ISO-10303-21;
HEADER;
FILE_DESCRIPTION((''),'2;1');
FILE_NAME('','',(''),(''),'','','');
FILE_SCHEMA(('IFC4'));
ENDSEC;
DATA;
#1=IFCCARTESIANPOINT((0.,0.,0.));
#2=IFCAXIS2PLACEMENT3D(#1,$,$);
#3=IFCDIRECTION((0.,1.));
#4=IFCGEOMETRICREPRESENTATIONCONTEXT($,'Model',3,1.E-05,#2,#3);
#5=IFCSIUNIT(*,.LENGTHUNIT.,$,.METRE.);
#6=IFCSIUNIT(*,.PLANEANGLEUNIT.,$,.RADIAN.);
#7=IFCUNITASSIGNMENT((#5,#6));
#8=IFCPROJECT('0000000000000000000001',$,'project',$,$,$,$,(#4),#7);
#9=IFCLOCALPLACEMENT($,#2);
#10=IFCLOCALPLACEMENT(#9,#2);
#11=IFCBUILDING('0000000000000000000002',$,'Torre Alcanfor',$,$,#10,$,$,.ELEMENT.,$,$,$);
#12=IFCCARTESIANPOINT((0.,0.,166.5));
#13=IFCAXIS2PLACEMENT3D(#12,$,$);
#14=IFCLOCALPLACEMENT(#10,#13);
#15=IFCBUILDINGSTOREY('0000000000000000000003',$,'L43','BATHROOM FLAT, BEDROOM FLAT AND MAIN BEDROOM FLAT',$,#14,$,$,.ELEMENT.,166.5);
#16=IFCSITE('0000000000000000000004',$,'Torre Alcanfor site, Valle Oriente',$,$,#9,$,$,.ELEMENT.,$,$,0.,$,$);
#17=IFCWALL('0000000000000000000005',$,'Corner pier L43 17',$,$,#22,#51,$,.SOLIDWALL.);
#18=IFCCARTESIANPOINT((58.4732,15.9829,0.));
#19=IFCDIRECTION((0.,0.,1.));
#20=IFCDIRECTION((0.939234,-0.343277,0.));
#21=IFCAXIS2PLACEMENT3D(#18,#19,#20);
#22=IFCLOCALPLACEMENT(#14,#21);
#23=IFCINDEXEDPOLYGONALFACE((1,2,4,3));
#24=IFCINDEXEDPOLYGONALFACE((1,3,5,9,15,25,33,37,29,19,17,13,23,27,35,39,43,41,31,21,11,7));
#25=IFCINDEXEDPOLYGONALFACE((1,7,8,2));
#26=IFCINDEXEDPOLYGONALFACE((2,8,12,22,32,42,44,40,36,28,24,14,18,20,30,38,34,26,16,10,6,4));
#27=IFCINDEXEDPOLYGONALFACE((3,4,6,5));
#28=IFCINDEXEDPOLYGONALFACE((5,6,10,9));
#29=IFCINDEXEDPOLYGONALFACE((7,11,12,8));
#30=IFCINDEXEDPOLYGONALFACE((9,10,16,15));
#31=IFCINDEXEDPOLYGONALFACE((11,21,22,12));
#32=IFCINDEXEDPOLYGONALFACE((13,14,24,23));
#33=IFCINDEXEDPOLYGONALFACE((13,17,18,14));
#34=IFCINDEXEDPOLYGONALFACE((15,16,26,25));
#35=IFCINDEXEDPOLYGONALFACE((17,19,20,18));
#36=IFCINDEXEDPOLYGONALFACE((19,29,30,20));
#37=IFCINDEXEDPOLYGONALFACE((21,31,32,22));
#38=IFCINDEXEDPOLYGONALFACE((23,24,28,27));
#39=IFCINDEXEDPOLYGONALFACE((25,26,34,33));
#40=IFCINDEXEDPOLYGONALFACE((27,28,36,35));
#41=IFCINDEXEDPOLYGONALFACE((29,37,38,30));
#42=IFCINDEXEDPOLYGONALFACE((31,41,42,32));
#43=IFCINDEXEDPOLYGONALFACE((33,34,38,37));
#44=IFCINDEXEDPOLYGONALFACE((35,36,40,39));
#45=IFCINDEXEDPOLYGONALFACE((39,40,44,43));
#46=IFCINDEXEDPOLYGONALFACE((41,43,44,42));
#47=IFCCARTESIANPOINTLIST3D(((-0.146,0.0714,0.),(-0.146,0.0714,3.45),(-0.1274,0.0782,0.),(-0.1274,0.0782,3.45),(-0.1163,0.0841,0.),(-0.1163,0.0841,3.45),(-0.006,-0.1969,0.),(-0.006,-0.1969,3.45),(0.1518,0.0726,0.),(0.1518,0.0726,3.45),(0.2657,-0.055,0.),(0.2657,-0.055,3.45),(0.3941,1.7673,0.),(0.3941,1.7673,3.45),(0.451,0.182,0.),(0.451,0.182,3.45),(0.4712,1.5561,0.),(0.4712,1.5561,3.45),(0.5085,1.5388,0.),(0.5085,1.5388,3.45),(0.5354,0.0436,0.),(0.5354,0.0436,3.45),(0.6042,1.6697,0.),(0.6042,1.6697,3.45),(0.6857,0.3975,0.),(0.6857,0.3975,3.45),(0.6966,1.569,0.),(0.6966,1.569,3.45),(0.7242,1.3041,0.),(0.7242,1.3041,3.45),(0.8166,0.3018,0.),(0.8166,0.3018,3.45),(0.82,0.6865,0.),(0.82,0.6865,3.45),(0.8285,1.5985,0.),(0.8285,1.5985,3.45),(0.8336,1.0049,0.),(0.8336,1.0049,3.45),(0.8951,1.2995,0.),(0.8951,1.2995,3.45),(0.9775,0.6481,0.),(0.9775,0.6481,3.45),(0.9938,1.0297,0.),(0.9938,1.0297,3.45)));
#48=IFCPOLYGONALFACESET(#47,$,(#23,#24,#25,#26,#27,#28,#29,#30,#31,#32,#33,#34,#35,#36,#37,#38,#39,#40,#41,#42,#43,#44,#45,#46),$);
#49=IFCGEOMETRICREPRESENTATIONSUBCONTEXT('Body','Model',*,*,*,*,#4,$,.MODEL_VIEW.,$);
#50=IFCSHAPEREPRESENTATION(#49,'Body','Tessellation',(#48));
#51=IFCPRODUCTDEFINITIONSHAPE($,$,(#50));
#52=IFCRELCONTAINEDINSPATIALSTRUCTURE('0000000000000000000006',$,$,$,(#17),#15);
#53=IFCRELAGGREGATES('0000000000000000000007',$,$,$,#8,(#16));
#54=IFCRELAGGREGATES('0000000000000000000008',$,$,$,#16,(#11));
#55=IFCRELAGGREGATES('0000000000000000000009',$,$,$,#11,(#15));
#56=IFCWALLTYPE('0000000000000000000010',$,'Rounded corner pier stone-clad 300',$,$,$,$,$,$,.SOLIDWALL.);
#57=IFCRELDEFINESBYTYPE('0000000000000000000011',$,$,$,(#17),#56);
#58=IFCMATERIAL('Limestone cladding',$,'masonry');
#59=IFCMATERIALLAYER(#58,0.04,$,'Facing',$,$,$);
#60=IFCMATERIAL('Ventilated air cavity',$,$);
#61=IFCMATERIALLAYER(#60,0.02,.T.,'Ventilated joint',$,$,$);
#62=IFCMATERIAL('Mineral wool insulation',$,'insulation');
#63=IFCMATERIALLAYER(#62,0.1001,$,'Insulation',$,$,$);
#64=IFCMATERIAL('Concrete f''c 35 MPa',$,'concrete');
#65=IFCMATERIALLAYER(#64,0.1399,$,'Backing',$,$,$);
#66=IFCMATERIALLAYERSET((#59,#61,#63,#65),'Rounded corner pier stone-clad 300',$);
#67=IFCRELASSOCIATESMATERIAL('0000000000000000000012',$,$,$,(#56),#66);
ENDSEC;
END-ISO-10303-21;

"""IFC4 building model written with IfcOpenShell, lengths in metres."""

from ifc_helpers import new_model, si_unit, direction, frame, origin, place, context, subcontext, project, spatial, polyline, outline, extrude, material, layer, layer_set, type_object, element, save


model = new_model("IFC4")

# Units and contexts
model_context = context("Model", 3, precision=1e-05, world=origin(), true_north=direction((0.0, 1.0)))
body_context = subcontext(model_context, "Body", "Model", "MODEL_VIEW")
ifc_project = project(units=[si_unit("LENGTHUNIT", "METRE"), si_unit("PLANEANGLEUNIT", "RADIAN")], contexts=[model_context])

# Site, building, storey
site_placement = place(None, origin())
site = spatial("IfcSite", under=ifc_project, at=site_placement, Name="Torre Alcanfor site, Valle Oriente", CompositionType="ELEMENT", RefElevation=0.0)
building_placement = place(site_placement, origin())
building = spatial("IfcBuilding", under=site, at=building_placement, Name="Torre Alcanfor", CompositionType="ELEMENT")
storey_placement = place(building_placement, frame((0.0, 0.0, 166.5)))
storey = spatial("IfcBuildingStorey", under=building, at=storey_placement, Name="L43", Description="BATHROOM FLAT, BEDROOM FLAT AND MAIN BEDROOM FLAT", CompositionType="ELEMENT", Elevation=166.5)

# Wall
ifc_material_1 = material(Name="Limestone cladding", Category="masonry")
ifc_layer_1 = layer(ifc_material_1, 0.04, Name="Facing")
ifc_material_2 = material(Name="Ventilated air cavity")
ifc_layer_2 = layer(ifc_material_2, 0.02, ventilated=True, Name="Ventilated joint")
ifc_material_3 = material(Name="Mineral wool insulation", Category="insulation")
ifc_layer_3 = layer(ifc_material_3, 0.1001, Name="Insulation")
ifc_material_4 = material(Name="Concrete f'c 35 MPa", Category="concrete")
ifc_layer_4 = layer(ifc_material_4, 0.1399, Name="Backing")
ifc_layer_set_1 = layer_set([ifc_layer_1, ifc_layer_2, ifc_layer_3, ifc_layer_4], Name="Rounded corner pier stone-clad 300")
wall_type_1 = type_object("IfcWallType", Name="Rounded corner pier stone-clad 300", PredefinedType="SOLIDWALL", material=ifc_layer_set_1)
wall_1_placement = place(storey_placement, frame((58.4732, 15.9829, 0.0), z_axis=(0.0, 0.0, 1.0), x_axis=(0.939234, -0.343277, 0.0)))
element("IfcWall", 1, at=wall_1_placement, inside=storey, type_object=wall_type_1, Name="Corner pier L43 17", PredefinedType="SOLIDWALL", context=body_context, shape_type="SweptSolid", body=[
    extrude(outline(polyline([(0.8285, 1.5985), (0.6966, 1.569), (0.6042, 1.6697), (0.3941, 1.7673), (0.4712, 1.5561), (0.5085, 1.5388), (0.7242, 1.3041), (0.8336, 1.0049), (0.82, 0.6865), (0.6857, 0.3975), (0.451, 0.182), (0.1518, 0.0726), (-0.1163, 0.0841), (-0.1274, 0.0782), (-0.146, 0.0714), (-0.006, -0.1969), (0.2657, -0.055), (0.5354, 0.0436), (0.8166, 0.3018), (0.9775, 0.6481), (0.9938, 1.0297), (0.8951, 1.2995), (0.8285, 1.5985)])), origin(), (0.0, 0.0, 1.0), 3.45),
])

save(model, "model.ifc")
